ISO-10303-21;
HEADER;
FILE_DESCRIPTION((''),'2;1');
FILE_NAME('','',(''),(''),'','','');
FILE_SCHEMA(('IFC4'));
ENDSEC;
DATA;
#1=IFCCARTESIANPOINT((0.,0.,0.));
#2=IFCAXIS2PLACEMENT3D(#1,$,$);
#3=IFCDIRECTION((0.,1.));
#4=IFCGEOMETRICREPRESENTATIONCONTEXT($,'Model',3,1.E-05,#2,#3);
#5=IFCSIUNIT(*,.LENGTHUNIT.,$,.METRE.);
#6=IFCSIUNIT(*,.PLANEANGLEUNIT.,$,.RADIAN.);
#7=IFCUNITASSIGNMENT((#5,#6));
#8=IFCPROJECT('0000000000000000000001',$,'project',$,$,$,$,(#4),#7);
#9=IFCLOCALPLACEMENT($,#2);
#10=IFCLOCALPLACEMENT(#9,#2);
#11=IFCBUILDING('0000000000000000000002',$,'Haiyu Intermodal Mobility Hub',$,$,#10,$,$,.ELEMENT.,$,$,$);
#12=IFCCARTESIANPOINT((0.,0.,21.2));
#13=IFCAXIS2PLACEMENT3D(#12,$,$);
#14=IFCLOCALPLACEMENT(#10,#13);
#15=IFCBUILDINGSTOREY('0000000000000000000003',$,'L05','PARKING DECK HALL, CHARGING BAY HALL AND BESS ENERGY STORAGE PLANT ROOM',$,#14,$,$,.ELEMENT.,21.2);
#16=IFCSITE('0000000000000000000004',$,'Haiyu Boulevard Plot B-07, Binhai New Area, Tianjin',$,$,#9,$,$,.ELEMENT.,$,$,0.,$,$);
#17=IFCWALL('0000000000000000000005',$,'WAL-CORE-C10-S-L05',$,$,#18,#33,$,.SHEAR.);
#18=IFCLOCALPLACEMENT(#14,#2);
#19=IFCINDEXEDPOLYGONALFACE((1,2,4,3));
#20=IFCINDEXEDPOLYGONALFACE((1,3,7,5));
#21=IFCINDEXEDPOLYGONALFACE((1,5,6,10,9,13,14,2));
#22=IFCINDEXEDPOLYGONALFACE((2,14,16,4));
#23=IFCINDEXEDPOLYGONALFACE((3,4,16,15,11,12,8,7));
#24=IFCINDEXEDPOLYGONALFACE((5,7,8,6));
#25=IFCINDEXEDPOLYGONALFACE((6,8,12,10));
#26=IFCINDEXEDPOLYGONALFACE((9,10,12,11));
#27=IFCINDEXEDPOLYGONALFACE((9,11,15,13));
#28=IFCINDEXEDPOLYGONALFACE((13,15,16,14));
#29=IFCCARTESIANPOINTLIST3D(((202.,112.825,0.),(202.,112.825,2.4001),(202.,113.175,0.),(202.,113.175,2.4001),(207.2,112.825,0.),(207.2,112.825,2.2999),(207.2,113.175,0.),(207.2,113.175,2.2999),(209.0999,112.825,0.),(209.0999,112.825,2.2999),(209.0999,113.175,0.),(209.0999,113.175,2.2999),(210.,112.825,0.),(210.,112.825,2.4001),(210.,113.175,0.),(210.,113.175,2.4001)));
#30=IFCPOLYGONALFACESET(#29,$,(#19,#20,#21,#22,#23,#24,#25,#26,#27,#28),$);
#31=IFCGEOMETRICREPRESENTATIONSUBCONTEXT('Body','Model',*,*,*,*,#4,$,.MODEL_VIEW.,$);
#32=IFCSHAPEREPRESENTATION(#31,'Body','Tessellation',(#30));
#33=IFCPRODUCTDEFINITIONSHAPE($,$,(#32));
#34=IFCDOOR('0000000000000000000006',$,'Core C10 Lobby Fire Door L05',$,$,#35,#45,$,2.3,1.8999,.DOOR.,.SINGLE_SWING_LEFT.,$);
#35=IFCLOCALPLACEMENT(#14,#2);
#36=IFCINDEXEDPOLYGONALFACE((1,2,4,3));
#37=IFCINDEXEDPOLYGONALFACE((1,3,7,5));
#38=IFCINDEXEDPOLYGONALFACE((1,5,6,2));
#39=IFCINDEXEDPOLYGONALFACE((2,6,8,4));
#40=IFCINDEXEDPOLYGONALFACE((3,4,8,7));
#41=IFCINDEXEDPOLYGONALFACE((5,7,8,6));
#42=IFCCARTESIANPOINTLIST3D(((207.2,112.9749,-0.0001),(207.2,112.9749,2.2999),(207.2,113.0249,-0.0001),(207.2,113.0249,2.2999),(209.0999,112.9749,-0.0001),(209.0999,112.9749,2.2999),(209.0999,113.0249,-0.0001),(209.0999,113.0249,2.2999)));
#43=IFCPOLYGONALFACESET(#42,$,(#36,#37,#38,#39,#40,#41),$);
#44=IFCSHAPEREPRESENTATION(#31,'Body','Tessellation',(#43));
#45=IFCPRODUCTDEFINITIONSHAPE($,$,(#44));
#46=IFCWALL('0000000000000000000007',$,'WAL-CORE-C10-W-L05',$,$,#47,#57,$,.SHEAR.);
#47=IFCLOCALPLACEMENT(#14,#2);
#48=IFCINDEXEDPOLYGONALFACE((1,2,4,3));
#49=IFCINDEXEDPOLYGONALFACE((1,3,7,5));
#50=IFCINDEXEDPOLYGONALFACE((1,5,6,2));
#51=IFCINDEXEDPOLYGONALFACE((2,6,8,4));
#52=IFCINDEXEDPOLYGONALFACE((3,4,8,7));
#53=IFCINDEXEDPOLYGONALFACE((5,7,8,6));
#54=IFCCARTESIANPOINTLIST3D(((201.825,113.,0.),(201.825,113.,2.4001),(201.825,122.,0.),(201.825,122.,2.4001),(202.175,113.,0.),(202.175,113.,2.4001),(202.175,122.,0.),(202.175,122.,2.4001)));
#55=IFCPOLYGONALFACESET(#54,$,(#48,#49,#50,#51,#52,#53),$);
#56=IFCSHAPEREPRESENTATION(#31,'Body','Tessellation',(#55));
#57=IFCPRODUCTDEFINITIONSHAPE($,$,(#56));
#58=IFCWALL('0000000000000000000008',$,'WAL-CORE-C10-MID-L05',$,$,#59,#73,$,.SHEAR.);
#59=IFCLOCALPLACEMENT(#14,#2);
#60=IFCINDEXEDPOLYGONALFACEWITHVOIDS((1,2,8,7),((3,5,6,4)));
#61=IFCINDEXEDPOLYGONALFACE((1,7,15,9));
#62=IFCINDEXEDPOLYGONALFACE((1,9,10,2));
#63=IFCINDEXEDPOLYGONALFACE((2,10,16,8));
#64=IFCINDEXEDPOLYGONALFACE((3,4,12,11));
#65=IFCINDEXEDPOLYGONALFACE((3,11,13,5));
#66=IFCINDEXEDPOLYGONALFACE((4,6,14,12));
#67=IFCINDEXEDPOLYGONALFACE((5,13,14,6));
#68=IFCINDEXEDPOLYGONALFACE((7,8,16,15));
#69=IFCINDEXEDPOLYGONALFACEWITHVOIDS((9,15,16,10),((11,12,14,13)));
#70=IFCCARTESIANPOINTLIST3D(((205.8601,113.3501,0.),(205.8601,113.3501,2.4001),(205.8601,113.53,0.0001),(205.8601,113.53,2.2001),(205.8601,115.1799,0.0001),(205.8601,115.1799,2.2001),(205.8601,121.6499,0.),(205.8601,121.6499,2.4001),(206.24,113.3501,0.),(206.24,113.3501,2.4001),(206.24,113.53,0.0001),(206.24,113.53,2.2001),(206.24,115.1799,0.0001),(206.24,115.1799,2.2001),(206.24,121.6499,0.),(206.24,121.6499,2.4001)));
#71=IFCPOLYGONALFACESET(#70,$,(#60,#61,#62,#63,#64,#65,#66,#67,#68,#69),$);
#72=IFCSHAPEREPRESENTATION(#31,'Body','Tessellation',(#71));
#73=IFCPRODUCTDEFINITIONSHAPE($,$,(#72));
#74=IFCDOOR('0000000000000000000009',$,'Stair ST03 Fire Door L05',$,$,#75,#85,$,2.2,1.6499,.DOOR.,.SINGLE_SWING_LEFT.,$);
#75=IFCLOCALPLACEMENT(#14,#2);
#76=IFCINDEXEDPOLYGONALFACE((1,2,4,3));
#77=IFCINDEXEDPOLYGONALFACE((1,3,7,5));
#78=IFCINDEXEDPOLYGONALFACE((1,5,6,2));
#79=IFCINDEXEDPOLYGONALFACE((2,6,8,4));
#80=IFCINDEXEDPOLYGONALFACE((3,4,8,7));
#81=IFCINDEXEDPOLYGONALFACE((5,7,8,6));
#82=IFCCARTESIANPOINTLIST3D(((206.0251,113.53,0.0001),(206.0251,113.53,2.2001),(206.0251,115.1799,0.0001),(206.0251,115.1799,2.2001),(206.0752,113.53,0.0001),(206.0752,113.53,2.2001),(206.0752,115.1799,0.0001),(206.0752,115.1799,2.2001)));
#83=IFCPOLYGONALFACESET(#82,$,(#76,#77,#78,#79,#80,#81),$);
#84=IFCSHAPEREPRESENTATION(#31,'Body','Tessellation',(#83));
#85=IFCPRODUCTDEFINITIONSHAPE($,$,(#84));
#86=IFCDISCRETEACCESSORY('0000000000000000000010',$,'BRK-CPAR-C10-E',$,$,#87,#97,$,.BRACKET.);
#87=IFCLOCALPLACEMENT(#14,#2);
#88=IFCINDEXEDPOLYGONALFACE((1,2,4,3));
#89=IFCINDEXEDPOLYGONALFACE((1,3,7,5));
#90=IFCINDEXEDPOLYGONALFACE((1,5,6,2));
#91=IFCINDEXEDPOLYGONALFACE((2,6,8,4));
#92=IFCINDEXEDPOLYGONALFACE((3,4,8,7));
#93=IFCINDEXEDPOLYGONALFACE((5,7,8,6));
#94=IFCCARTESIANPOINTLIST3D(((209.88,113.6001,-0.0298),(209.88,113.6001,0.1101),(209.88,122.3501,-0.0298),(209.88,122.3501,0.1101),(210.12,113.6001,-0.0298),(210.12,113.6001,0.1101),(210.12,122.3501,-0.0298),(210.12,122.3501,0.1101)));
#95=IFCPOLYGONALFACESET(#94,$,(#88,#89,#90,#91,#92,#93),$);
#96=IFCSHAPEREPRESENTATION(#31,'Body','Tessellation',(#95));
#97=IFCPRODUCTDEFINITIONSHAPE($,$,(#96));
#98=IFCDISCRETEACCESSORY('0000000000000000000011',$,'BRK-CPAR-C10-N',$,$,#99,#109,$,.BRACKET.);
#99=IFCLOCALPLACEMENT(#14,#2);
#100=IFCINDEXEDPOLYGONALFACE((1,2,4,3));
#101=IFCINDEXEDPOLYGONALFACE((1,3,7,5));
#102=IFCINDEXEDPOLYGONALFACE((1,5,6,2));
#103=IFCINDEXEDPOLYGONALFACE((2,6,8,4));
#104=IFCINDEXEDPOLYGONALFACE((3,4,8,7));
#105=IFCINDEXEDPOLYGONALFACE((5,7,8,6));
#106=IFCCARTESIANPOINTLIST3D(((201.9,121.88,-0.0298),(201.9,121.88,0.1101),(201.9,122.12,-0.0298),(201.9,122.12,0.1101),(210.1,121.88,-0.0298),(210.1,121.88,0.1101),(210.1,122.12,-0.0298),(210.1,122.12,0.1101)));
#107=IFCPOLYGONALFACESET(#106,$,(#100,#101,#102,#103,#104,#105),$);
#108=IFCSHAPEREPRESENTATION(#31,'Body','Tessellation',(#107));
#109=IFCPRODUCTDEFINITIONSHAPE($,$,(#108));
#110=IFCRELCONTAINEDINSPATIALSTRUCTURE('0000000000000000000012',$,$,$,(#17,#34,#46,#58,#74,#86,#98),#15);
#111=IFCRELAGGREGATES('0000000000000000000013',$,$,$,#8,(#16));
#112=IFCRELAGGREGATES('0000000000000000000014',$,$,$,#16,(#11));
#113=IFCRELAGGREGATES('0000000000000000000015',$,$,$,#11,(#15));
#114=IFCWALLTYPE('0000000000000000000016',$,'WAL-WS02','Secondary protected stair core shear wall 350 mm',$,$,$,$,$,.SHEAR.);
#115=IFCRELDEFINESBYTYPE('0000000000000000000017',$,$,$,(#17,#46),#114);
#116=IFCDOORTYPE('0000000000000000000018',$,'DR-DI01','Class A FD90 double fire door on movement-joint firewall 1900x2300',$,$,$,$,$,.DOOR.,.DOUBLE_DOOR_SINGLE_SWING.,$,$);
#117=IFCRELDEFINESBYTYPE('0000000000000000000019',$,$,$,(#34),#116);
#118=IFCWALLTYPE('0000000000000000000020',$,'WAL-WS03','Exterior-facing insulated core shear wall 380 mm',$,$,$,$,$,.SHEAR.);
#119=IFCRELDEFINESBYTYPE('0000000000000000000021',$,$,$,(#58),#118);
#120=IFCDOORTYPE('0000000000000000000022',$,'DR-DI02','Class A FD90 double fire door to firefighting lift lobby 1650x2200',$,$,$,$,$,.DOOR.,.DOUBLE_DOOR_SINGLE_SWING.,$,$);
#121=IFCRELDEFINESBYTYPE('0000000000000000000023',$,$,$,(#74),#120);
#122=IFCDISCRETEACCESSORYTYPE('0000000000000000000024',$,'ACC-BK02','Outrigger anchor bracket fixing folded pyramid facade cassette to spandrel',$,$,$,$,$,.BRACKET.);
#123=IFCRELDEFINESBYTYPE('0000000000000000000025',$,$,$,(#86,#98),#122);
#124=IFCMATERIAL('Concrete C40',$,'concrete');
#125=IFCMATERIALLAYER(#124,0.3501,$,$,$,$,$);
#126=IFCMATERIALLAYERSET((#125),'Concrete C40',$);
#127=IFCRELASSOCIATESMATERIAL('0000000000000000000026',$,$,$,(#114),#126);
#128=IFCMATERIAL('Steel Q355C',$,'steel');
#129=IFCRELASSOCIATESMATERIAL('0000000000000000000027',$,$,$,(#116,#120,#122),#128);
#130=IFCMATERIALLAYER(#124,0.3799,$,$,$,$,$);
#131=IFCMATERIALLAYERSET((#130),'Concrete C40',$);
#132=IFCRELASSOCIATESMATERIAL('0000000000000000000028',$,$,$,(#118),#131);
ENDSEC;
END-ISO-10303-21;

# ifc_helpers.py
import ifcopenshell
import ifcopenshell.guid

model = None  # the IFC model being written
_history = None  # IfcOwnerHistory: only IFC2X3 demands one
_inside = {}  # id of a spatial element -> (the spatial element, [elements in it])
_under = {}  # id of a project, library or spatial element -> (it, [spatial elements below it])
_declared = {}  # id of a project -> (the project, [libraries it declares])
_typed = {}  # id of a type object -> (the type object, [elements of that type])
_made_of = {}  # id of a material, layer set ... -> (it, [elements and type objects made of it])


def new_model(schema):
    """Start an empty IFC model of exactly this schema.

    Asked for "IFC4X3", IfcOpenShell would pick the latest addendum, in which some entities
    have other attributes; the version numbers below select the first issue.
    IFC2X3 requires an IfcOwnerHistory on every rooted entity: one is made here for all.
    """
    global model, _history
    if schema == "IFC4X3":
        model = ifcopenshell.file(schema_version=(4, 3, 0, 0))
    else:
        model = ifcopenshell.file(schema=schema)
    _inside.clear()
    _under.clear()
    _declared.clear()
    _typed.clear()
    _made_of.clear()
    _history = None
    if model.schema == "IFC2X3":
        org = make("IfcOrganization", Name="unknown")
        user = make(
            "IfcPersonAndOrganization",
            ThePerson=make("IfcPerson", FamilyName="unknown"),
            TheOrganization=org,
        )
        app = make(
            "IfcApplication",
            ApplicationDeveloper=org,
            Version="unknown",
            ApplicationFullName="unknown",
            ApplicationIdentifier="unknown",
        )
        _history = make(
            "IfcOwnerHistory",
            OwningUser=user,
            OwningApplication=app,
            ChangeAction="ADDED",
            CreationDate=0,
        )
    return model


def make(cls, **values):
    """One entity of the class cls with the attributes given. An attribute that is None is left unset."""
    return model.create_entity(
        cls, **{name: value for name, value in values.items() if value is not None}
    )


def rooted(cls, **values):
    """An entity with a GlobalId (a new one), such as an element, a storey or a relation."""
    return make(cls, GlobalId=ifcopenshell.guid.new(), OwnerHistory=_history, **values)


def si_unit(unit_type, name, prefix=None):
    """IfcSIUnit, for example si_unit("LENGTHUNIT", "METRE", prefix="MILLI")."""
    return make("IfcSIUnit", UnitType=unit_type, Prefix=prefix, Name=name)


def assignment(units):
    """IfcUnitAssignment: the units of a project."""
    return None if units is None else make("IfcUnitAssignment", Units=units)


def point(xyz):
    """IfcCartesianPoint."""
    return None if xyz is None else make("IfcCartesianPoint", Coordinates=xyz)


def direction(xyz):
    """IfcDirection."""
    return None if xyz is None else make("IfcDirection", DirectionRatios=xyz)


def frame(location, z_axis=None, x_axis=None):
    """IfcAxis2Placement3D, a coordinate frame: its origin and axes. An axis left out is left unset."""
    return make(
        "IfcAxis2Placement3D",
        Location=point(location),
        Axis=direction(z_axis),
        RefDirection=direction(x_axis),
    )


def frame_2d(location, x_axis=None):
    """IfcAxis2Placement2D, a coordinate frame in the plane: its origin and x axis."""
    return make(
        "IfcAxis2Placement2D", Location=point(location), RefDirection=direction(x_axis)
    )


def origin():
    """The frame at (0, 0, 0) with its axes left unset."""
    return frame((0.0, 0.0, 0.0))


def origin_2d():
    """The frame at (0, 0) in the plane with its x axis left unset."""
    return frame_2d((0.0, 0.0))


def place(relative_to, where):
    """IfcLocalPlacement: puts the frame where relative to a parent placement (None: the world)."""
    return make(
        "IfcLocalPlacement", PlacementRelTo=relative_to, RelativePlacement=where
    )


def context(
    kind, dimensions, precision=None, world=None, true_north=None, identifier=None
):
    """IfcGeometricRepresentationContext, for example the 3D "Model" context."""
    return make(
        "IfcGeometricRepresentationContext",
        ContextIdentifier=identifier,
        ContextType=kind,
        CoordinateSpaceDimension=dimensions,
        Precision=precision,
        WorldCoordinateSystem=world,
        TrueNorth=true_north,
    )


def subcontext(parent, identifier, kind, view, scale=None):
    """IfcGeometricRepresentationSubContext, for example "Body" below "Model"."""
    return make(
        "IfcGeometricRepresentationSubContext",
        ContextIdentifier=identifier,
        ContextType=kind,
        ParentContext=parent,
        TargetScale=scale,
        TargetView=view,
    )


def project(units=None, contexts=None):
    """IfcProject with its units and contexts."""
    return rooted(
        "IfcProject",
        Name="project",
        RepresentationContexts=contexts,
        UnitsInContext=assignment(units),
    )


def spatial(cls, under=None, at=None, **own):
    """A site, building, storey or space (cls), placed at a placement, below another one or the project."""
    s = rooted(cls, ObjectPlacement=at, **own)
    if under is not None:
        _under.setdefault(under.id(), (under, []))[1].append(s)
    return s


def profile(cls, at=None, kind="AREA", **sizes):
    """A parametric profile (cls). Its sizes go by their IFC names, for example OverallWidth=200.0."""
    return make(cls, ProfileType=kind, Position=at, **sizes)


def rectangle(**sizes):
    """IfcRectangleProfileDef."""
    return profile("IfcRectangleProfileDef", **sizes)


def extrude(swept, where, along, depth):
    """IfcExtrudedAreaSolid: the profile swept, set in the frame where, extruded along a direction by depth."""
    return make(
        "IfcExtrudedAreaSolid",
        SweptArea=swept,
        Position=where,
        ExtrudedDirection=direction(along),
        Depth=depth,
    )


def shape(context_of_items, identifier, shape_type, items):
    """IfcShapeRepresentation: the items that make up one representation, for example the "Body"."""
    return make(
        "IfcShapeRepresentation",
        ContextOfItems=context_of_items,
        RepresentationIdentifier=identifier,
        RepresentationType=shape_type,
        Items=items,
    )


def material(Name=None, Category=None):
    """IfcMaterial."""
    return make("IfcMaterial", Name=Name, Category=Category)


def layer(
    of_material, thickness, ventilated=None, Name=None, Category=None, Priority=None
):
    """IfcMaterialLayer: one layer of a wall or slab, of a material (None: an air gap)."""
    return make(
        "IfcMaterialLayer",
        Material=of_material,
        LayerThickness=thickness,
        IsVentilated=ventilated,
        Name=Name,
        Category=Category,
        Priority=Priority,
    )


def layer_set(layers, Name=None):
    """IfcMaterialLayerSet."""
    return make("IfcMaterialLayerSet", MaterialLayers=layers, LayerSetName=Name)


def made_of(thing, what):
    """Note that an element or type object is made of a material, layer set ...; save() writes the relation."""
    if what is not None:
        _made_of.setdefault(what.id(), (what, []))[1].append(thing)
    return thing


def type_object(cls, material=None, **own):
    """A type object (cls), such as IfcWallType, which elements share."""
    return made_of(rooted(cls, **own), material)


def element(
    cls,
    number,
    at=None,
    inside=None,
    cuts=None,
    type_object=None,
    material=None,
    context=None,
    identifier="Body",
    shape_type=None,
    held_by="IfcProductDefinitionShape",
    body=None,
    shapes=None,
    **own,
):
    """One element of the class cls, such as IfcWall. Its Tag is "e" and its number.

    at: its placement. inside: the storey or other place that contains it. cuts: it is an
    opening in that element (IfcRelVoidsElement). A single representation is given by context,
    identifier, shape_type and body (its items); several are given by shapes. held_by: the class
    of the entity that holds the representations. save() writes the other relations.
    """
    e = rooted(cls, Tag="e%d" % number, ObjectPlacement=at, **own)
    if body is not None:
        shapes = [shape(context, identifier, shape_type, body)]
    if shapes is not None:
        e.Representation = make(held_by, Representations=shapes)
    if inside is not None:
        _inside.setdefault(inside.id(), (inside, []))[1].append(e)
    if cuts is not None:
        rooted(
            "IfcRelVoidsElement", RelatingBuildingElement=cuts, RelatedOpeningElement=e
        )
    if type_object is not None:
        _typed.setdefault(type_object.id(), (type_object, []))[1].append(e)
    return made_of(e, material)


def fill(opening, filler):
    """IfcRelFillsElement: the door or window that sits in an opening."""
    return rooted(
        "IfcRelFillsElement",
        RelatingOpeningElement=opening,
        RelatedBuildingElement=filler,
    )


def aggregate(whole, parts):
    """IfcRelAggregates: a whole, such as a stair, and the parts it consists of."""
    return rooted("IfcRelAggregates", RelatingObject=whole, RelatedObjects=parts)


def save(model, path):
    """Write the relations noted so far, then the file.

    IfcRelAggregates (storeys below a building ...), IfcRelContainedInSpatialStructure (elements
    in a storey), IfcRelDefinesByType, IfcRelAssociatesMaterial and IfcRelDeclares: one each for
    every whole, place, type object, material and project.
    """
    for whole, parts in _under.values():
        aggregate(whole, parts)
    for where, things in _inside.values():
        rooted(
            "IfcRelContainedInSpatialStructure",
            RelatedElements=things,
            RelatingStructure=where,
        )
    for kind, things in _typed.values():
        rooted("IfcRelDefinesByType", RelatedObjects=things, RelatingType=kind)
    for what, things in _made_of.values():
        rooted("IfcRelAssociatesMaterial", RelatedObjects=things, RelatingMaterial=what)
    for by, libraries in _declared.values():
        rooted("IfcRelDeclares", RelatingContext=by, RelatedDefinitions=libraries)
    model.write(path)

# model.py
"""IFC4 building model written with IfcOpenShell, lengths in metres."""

from ifc_helpers import new_model, si_unit, direction, frame, frame_2d, origin, origin_2d, place, context, subcontext, project, spatial, rectangle, extrude, material, layer, layer_set, type_object, element, fill, save


model = new_model("IFC4")

# Units and contexts
model_context = context("Model", 3, precision=1e-05, world=origin(), true_north=direction((0.0, 1.0)))
body_context = subcontext(model_context, "Body", "Model", "MODEL_VIEW")
ifc_project = project(units=[si_unit("LENGTHUNIT", "METRE"), si_unit("PLANEANGLEUNIT", "RADIAN")], contexts=[model_context])

# Site, building, storey
site_placement = place(None, origin())
site = spatial("IfcSite", under=ifc_project, at=site_placement, Name="Haiyu Boulevard Plot B-07, Binhai New Area, Tianjin", CompositionType="ELEMENT", RefElevation=0.0)
building_placement = place(site_placement, origin())
building = spatial("IfcBuilding", under=site, at=building_placement, Name="Haiyu Intermodal Mobility Hub", CompositionType="ELEMENT")
storey_placement = place(building_placement, frame((0.0, 0.0, 21.2)))
storey = spatial("IfcBuildingStorey", under=building, at=storey_placement, Name="L05", Description="PARKING DECK HALL, CHARGING BAY HALL AND BESS ENERGY STORAGE PLANT ROOM", CompositionType="ELEMENT", Elevation=21.2)

# Shared definitions
ifc_material_1 = material(Name="Steel Q355C", Category="steel")

# Shared definitions
ifc_material_2 = material(Name="Concrete C40", Category="concrete")

# Wall, opening, door
ifc_layer_1 = layer(ifc_material_2, 0.3501)
ifc_layer_set_1 = layer_set([ifc_layer_1], Name="Concrete C40")
wall_type_1 = type_object("IfcWallType", Name="WAL-WS02", Description="Secondary protected stair core shear wall 350 mm", PredefinedType="SHEAR", material=ifc_layer_set_1)
wall_1_placement = place(storey_placement, frame((202.0, 113.0, 0.0), z_axis=(0.0, 0.0, 1.0), x_axis=(1.0, 0.0, 0.0)))
wall_1 = element("IfcWall", 1, at=wall_1_placement, inside=storey, type_object=wall_type_1, Name="WAL-CORE-C10-S-L05", PredefinedType="SHEAR", context=body_context, shape_type="SweptSolid", body=[
    extrude(rectangle(XDim=8.0, YDim=0.3501, at=frame_2d((4.0, 0.0))), origin(), (0.0, 0.0, 1.0), 2.4001),
])
opening_1_placement = place(wall_1_placement, frame((5.2, 0.0, 0.0)))
opening_1 = element("IfcOpeningElement", 2, at=opening_1_placement, cuts=wall_1, PredefinedType="OPENING", context=body_context, shape_type="SweptSolid", body=[
    extrude(rectangle(XDim=1.8999, YDim=2.3, at=frame_2d((0.95, 1.1499))), frame((0.0, 0.1851, 0.0), z_axis=(0.0, -1.0, 0.0), x_axis=(1.0, 0.0, 0.0)), (0.0, 0.0, 1.0), 0.3701),
])
door_type_1 = type_object("IfcDoorType", Name="DR-DI01", Description="Class A FD90 double fire door on movement-joint firewall 1900x2300", OperationType="DOUBLE_DOOR_SINGLE_SWING", PredefinedType="DOOR", material=ifc_material_1)
door_1_placement = place(opening_1_placement, origin())
door_1 = element("IfcDoor", 3, at=door_1_placement, inside=storey, type_object=door_type_1, Name="Core C10 Lobby Fire Door L05", OperationType="SINGLE_SWING_LEFT", OverallHeight=2.3, OverallWidth=1.8999, PredefinedType="DOOR", context=body_context, shape_type="SweptSolid", body=[
    extrude(rectangle(XDim=1.8999, YDim=2.3, at=frame_2d((0.95, 1.1499))), frame((0.0, 0.0249, 0.0), z_axis=(0.0, -1.0, 0.0), x_axis=(1.0, 0.0, 0.0)), (0.0, 0.0, 1.0), 0.05),
])
fill(opening_1, door_1)

# Wall
wall_2_placement = place(storey_placement, frame((202.0, 122.0, 0.0), z_axis=(0.0, 0.0, 1.0), x_axis=(0.0, -1.0, 0.0)))
element("IfcWall", 4, at=wall_2_placement, inside=storey, type_object=wall_type_1, Name="WAL-CORE-C10-W-L05", PredefinedType="SHEAR", context=body_context, shape_type="SweptSolid", body=[
    extrude(rectangle(XDim=9.0, YDim=0.3501, at=frame_2d((4.5, 0.0))), origin(), (0.0, 0.0, 1.0), 2.4001),
])

# Wall, opening, door
ifc_layer_2 = layer(ifc_material_2, 0.3799)
ifc_layer_set_2 = layer_set([ifc_layer_2], Name="Concrete C40")
wall_type_2 = type_object("IfcWallType", Name="WAL-WS03", Description="Exterior-facing insulated core shear wall 380 mm", PredefinedType="SHEAR", material=ifc_layer_set_2)
wall_3_placement = place(storey_placement, frame((206.05, 113.3501, 0.0), z_axis=(0.0, 0.0, 1.0), x_axis=(0.0, 1.0, 0.0)))
wall_3 = element("IfcWall", 5, at=wall_3_placement, inside=storey, type_object=wall_type_2, Name="WAL-CORE-C10-MID-L05", PredefinedType="SHEAR", context=body_context, shape_type="SweptSolid", body=[
    extrude(rectangle(XDim=8.2998, YDim=0.3799, at=frame_2d((4.1499, 0.0))), origin(), (0.0, 0.0, 1.0), 2.4001),
])
opening_2_placement = place(wall_3_placement, frame((0.1799, 0.0, 0.0)))
opening_2 = element("IfcOpeningElement", 6, at=opening_2_placement, cuts=wall_3, PredefinedType="OPENING", context=body_context, shape_type="SweptSolid", body=[
    extrude(rectangle(XDim=1.6499, YDim=2.2, at=frame_2d((0.825, 1.1001))), frame((0.0, 0.2, 0.0), z_axis=(0.0, -1.0, 0.0), x_axis=(1.0, 0.0, 0.0)), (0.0, 0.0, 1.0), 0.3999),
])
door_type_2 = type_object("IfcDoorType", Name="DR-DI02", Description="Class A FD90 double fire door to firefighting lift lobby 1650x2200", OperationType="DOUBLE_DOOR_SINGLE_SWING", PredefinedType="DOOR", material=ifc_material_1)
door_2_placement = place(opening_2_placement, origin())
door_2 = element("IfcDoor", 7, at=door_2_placement, inside=storey, type_object=door_type_2, Name="Stair ST03 Fire Door L05", OperationType="SINGLE_SWING_LEFT", OverallHeight=2.2, OverallWidth=1.6499, PredefinedType="DOOR", context=body_context, shape_type="SweptSolid", body=[
    extrude(rectangle(XDim=1.6499, YDim=2.2, at=frame_2d((0.825, 1.1001))), frame((0.0, 0.0249, 0.0), z_axis=(0.0, -1.0, 0.0), x_axis=(1.0, 0.0, 0.0)), (0.0, 0.0, 1.0), 0.05),
])
fill(opening_2, door_2)

# Discrete accessories
discrete_accessory_type = type_object("IfcDiscreteAccessoryType", Name="ACC-BK02", Description="Outrigger anchor bracket fixing folded pyramid facade cassette to spandrel", PredefinedType="BRACKET", material=ifc_material_1)
discrete_accessory_1_placement = place(storey_placement, frame((210.0, 117.9751, -0.0298), z_axis=(0.0, 0.0, 1.0), x_axis=(1.0, 0.0, 0.0)))
element("IfcDiscreteAccessory", 8, at=discrete_accessory_1_placement, inside=storey, type_object=discrete_accessory_type, Name="BRK-CPAR-C10-E", PredefinedType="BRACKET", context=body_context, shape_type="SweptSolid", body=[
    extrude(rectangle(XDim=0.24, YDim=8.75, at=origin_2d()), origin(), (0.0, 0.0, 1.0), 0.1399),
])
discrete_accessory_2_placement = place(storey_placement, frame((206.0, 122.0, -0.0298), z_axis=(0.0, 0.0, 1.0), x_axis=(1.0, 0.0, 0.0)))
element("IfcDiscreteAccessory", 9, at=discrete_accessory_2_placement, inside=storey, type_object=discrete_accessory_type, Name="BRK-CPAR-C10-N", PredefinedType="BRACKET", context=body_context, shape_type="SweptSolid", body=[
    extrude(rectangle(XDim=8.2, YDim=0.24, at=origin_2d()), origin(), (0.0, 0.0, 1.0), 0.1399),
])

save(model, "model.ifc")
